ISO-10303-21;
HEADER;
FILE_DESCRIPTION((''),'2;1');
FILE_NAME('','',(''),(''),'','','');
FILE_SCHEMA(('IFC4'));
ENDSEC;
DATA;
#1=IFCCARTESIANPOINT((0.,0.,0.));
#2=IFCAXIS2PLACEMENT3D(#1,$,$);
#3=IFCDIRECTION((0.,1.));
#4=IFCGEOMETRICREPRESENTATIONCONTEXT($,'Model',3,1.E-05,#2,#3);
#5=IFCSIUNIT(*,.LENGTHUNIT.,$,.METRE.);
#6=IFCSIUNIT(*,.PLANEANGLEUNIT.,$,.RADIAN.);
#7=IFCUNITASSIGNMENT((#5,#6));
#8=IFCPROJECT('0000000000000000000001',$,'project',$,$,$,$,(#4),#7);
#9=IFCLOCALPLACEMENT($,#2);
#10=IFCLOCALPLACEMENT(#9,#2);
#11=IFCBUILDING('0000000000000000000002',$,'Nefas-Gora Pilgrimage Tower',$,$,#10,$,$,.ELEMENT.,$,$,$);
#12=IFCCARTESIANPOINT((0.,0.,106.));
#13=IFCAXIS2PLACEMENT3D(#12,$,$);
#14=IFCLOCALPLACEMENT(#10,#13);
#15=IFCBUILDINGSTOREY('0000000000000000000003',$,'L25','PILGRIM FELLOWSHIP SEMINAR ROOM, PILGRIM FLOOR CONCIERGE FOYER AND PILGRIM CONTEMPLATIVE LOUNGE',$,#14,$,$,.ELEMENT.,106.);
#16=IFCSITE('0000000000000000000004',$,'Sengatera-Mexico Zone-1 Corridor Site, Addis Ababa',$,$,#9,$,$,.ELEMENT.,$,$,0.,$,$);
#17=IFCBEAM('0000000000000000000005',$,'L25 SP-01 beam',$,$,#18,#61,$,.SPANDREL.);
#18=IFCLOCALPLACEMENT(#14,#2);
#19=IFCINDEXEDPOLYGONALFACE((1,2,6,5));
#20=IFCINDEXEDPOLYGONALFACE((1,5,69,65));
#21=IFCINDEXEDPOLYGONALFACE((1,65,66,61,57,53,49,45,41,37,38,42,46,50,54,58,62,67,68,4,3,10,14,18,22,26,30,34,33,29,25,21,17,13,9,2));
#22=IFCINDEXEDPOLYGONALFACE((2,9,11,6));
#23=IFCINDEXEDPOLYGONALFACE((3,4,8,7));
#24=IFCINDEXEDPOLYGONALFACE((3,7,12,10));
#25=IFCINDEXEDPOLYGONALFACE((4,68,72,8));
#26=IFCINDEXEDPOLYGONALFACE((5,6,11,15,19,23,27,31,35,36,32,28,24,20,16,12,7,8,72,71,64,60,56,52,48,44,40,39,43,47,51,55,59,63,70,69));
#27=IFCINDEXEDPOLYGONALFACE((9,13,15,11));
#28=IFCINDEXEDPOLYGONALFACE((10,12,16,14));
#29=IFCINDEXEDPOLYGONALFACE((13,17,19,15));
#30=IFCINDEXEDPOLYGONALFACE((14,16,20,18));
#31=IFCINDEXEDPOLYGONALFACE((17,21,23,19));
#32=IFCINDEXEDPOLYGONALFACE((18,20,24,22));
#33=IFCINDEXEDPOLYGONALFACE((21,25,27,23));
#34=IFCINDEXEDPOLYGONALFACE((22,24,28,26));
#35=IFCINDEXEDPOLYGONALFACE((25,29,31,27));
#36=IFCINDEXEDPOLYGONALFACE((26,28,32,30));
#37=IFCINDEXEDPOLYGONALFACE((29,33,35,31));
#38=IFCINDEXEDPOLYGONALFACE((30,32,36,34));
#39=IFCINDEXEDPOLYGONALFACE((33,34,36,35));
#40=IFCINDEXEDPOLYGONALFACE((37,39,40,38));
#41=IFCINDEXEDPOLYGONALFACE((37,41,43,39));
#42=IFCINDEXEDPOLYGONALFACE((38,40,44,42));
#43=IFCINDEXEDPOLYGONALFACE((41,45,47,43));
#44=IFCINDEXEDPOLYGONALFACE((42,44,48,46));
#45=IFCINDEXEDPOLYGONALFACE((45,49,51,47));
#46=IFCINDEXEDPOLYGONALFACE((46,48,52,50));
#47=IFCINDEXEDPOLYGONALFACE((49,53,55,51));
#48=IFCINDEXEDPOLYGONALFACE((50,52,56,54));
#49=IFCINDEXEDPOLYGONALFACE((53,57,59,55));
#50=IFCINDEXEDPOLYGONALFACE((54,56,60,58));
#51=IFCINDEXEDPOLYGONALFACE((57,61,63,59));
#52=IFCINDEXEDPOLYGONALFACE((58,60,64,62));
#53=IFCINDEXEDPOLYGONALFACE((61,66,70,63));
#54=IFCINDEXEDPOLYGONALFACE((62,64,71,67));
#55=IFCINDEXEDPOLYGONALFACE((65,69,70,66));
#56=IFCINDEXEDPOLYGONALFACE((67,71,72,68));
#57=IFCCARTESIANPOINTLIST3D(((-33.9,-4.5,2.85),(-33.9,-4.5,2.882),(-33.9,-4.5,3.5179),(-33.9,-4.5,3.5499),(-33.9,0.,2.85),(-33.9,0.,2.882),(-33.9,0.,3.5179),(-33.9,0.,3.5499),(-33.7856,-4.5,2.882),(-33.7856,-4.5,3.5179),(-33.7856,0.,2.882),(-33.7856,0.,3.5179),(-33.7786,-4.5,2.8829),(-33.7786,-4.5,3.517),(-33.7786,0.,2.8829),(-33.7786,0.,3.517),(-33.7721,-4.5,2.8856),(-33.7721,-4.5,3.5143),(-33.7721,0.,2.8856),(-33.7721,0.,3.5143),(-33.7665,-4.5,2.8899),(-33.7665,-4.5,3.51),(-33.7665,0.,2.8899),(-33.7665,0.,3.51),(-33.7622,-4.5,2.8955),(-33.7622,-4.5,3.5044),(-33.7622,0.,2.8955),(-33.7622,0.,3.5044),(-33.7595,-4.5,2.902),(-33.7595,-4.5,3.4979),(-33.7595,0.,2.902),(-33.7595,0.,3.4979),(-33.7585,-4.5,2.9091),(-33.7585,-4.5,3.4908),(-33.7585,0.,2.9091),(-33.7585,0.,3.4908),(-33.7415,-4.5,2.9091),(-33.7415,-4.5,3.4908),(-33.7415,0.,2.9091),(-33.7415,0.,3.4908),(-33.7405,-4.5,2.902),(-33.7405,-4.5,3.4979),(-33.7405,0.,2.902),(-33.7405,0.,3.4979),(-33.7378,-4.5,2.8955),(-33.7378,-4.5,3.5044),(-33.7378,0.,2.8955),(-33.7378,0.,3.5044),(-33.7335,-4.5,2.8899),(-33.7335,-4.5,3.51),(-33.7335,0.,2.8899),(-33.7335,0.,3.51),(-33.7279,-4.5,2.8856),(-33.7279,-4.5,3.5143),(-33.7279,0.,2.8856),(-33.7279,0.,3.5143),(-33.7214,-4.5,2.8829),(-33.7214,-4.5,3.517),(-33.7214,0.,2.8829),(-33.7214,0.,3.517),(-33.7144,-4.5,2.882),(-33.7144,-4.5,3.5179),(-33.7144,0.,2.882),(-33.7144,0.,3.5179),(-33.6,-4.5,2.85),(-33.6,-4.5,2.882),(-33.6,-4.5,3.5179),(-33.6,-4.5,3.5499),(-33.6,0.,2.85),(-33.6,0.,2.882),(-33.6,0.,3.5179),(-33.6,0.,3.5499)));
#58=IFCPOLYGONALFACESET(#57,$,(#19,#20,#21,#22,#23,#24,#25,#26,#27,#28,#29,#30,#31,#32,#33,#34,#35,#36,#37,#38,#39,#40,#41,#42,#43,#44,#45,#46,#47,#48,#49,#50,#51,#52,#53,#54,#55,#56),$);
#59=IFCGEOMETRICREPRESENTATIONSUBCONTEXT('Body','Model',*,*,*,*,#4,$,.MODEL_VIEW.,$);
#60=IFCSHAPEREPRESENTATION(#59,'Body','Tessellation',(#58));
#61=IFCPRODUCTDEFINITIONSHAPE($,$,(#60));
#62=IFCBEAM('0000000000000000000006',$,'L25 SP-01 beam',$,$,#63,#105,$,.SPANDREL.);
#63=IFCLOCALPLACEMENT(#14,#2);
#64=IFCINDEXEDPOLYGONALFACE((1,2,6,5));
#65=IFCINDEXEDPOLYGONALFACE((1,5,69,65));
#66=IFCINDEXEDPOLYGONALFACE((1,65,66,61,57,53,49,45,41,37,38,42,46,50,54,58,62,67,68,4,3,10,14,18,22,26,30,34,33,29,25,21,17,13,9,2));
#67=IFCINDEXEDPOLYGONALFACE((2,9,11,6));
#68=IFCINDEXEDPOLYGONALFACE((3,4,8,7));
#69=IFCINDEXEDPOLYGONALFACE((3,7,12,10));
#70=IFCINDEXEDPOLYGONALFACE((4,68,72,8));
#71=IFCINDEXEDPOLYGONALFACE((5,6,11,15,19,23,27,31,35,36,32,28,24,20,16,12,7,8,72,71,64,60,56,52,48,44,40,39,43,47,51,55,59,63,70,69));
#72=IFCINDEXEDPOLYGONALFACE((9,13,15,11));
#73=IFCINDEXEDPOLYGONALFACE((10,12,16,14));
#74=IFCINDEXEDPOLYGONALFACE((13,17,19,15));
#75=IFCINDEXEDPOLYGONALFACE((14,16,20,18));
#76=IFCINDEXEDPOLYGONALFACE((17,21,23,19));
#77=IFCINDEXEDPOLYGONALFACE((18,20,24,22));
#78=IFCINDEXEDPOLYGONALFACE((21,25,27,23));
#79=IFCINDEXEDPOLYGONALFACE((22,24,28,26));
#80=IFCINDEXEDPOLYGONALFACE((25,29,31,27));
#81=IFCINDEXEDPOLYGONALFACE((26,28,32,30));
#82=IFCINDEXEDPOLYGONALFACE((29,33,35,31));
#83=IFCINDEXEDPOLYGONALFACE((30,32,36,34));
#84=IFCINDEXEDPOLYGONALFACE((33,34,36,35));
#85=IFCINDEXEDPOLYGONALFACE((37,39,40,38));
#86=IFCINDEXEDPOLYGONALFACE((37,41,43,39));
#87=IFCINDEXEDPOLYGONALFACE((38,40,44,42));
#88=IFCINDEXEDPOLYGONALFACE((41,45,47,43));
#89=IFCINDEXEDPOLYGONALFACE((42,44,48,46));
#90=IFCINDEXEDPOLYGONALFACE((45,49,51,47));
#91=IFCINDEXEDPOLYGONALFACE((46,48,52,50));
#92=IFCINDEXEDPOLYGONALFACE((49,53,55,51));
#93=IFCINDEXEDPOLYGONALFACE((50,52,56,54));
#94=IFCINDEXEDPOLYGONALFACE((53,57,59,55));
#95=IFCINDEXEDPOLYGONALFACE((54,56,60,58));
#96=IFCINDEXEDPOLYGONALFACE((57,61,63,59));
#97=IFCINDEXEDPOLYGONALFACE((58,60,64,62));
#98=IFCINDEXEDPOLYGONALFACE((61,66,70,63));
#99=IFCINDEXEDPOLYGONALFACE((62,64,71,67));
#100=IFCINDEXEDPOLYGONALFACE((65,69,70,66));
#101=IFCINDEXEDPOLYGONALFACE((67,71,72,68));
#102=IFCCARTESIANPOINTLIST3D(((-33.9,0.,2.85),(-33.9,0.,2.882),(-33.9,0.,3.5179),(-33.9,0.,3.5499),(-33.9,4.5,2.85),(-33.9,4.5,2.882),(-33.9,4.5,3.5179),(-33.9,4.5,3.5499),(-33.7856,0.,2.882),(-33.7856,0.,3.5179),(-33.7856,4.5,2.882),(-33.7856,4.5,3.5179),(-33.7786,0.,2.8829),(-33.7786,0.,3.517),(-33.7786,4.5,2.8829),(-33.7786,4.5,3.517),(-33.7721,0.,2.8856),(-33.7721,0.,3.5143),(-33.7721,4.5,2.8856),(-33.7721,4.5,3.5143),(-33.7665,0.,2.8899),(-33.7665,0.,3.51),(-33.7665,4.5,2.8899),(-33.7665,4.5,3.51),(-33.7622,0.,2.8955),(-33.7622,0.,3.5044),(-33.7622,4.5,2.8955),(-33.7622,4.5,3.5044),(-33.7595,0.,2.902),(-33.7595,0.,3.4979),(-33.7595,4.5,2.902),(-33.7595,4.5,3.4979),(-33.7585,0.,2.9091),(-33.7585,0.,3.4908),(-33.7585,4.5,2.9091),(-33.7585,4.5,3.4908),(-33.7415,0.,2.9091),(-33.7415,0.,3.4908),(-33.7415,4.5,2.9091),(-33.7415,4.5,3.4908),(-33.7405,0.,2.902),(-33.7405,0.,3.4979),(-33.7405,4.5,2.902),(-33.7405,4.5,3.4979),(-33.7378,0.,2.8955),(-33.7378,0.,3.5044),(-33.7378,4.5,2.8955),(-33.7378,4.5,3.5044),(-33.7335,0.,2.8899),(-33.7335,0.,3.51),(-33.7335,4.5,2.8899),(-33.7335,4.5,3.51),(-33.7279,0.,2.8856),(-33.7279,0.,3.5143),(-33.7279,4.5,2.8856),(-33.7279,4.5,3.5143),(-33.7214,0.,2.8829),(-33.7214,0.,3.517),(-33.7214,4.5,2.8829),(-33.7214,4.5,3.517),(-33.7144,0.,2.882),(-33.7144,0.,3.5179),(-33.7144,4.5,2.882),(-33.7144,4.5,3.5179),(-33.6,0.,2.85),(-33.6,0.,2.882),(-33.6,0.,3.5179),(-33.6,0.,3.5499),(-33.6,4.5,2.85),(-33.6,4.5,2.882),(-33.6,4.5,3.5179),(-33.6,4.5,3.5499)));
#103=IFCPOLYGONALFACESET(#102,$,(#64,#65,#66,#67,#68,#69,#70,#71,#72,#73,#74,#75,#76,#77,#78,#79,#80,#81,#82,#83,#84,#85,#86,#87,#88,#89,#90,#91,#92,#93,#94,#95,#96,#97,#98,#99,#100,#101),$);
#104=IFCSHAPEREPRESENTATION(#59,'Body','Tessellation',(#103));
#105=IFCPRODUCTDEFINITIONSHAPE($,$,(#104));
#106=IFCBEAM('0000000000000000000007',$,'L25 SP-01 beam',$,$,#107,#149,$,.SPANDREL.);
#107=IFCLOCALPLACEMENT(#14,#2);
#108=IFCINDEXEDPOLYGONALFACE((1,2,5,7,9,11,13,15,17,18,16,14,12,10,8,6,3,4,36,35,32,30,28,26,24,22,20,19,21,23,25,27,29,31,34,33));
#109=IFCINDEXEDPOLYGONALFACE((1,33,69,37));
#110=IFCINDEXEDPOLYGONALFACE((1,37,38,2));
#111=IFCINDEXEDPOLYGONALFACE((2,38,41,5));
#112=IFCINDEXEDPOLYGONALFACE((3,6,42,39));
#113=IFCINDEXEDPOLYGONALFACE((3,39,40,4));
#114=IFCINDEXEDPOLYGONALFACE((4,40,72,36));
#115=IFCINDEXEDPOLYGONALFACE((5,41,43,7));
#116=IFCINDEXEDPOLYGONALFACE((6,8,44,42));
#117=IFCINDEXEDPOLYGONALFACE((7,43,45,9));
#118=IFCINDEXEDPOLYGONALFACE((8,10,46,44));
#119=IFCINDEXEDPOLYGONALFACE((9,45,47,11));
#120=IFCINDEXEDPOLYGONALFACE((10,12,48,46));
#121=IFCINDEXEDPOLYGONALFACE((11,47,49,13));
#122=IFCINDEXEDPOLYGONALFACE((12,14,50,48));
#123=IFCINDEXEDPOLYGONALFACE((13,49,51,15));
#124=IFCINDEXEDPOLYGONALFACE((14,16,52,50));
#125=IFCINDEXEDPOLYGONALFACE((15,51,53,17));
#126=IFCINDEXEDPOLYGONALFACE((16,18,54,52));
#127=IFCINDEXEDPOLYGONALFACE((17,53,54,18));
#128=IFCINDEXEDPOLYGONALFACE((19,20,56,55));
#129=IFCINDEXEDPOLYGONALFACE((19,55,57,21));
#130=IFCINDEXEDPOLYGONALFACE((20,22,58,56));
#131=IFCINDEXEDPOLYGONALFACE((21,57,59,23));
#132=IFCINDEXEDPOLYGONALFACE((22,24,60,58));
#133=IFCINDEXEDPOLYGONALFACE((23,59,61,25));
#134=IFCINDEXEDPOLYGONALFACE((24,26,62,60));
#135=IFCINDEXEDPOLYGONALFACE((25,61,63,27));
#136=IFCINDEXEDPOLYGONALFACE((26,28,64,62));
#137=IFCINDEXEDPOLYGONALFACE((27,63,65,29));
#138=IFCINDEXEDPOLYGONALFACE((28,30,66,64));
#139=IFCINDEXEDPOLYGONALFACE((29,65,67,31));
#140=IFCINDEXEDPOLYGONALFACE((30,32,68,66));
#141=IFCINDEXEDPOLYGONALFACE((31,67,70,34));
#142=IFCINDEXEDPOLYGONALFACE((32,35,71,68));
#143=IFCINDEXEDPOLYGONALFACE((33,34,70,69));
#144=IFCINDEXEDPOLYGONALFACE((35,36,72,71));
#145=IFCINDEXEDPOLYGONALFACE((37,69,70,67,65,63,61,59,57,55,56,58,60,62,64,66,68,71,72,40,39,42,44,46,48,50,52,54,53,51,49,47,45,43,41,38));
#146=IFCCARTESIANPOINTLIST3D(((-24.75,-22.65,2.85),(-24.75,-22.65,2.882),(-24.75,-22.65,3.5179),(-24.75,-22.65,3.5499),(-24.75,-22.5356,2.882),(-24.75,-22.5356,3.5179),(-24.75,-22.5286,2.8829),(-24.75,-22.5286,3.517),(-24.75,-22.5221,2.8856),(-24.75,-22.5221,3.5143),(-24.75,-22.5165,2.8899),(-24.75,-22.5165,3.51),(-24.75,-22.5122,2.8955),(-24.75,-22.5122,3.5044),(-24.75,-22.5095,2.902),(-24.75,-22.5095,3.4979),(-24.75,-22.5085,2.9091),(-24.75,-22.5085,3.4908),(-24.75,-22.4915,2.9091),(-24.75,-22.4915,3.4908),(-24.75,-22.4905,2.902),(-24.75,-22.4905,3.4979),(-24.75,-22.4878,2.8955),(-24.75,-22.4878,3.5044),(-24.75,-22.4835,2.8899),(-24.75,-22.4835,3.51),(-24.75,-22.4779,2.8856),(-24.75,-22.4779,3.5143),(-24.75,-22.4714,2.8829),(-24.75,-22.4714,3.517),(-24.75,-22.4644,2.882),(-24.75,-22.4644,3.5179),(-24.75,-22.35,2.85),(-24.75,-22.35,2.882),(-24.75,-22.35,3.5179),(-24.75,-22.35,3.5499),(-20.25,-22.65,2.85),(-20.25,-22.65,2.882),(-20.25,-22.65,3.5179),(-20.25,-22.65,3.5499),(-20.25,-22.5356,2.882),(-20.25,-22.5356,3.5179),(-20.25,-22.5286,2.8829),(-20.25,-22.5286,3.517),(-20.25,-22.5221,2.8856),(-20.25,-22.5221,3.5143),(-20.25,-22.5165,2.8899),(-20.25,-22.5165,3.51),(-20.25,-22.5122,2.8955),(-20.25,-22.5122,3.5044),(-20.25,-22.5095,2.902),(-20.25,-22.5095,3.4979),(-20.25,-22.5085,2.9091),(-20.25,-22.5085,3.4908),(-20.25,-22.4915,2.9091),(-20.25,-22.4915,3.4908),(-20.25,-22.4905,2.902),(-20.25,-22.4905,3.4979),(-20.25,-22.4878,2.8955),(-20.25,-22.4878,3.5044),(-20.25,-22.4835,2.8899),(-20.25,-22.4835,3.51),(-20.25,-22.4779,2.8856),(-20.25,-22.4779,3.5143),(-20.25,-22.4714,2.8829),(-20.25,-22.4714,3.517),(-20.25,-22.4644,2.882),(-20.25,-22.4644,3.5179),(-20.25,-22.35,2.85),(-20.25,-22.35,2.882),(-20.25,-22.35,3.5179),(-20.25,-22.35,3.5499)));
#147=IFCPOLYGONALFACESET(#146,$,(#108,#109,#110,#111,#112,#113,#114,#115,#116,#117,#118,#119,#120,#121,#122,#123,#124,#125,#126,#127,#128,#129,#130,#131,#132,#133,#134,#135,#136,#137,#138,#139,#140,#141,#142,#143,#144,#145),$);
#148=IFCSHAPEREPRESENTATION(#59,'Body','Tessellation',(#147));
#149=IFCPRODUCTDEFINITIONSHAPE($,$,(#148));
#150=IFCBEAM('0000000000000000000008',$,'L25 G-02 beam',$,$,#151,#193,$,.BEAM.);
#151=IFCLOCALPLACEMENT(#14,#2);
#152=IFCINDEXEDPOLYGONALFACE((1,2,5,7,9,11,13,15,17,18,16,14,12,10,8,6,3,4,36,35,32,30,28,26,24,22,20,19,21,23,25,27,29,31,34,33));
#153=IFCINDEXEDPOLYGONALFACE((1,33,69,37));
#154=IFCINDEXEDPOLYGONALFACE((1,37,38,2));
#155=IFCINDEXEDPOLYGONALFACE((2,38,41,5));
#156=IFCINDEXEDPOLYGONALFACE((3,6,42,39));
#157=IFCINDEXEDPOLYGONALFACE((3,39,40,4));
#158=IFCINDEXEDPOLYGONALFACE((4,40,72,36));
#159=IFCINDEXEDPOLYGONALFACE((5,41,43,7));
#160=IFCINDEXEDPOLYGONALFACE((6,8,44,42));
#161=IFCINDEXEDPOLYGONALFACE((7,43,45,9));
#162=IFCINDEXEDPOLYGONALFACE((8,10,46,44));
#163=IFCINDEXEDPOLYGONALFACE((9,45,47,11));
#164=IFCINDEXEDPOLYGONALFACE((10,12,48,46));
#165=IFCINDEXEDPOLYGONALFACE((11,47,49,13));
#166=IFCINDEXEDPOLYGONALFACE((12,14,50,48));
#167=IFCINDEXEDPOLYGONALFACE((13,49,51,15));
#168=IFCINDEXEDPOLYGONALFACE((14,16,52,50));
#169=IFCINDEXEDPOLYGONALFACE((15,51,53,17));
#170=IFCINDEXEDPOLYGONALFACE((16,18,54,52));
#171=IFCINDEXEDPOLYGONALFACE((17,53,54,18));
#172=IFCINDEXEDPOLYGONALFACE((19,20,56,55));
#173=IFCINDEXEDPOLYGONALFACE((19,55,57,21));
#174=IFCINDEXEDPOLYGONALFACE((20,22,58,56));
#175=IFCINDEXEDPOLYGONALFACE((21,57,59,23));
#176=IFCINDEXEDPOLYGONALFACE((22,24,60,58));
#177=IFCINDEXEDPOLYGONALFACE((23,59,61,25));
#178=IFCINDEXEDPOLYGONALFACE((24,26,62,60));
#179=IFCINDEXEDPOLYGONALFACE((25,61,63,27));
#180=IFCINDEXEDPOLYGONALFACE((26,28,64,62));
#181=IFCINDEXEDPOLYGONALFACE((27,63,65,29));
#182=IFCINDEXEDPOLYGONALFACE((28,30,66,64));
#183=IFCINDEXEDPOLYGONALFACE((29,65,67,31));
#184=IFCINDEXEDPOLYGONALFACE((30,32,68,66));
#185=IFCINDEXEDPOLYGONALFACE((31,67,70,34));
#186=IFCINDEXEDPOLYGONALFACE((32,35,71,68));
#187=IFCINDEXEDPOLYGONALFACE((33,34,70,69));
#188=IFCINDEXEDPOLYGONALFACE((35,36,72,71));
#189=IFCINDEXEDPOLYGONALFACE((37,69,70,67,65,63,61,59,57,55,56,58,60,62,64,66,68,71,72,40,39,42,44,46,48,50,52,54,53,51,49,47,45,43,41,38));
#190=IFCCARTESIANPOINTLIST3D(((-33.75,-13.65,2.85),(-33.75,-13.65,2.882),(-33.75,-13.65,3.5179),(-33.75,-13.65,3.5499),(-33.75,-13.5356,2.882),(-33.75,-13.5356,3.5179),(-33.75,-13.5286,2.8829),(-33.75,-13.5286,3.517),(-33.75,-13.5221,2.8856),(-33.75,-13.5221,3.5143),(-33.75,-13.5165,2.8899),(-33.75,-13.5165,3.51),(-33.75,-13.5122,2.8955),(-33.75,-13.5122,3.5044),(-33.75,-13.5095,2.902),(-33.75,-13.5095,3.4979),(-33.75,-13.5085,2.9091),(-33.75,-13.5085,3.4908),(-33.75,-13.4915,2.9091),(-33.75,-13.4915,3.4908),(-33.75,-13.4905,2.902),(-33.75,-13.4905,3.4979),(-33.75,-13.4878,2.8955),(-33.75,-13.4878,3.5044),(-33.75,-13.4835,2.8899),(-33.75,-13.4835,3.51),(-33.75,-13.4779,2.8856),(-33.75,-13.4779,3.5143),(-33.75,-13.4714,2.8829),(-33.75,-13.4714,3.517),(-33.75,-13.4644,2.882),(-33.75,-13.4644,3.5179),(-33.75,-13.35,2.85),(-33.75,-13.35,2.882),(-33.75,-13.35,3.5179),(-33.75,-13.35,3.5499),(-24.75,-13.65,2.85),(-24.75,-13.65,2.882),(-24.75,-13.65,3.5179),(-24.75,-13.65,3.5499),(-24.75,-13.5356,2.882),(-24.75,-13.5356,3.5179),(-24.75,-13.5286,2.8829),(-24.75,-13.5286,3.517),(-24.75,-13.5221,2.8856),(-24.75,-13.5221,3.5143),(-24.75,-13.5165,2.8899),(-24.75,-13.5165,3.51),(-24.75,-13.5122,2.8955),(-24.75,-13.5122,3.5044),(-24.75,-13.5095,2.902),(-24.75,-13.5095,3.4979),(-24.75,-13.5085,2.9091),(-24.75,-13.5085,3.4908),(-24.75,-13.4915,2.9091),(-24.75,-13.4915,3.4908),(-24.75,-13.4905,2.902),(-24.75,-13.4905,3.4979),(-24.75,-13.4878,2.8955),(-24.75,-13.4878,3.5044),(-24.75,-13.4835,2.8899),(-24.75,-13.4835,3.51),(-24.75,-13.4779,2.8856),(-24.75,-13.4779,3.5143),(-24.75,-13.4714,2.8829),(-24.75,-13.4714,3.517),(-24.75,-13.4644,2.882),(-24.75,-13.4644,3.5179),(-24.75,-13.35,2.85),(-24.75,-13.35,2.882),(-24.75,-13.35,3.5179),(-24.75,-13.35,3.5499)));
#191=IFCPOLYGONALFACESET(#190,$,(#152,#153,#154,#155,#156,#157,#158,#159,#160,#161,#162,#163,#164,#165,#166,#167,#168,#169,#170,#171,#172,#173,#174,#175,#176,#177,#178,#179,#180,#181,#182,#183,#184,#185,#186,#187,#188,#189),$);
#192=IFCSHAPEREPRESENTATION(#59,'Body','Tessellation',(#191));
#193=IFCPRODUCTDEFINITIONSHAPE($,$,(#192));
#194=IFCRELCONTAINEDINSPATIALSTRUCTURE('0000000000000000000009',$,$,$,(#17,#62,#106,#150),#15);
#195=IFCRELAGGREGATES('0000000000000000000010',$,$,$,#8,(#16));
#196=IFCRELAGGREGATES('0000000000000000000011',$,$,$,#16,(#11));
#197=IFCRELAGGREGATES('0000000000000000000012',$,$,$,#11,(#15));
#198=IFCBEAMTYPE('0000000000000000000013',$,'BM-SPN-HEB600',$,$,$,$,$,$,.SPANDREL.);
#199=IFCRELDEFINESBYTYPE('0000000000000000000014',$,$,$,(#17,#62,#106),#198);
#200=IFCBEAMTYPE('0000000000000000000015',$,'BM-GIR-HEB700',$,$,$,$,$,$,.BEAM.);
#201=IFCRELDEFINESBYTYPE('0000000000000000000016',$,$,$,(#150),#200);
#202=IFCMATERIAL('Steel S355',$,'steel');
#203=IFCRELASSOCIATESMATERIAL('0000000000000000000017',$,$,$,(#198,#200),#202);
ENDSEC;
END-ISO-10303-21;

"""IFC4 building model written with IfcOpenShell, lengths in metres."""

from ifc_helpers import new_model, si_unit, direction, frame, origin, origin_2d, place, context, subcontext, project, spatial, i_section, extrude, source, transform, mapped, material, material_profile, profile_set, type_object, element, save


model = new_model("IFC4")

# Units and contexts
model_context = context("Model", 3, precision=1e-05, world=origin(), true_north=direction((0.0, 1.0)))
body_context = subcontext(model_context, "Body", "Model", "MODEL_VIEW")
ifc_project = project(units=[si_unit("LENGTHUNIT", "METRE"), si_unit("PLANEANGLEUNIT", "RADIAN")], contexts=[model_context])

# Site, building, storey
site_placement = place(None, origin())
site = spatial("IfcSite", under=ifc_project, at=site_placement, Name="Sengatera-Mexico Zone-1 Corridor Site, Addis Ababa", CompositionType="ELEMENT", RefElevation=0.0)
building_placement = place(site_placement, origin())
building = spatial("IfcBuilding", under=site, at=building_placement, Name="Nefas-Gora Pilgrimage Tower", CompositionType="ELEMENT")
storey_placement = place(building_placement, frame((0.0, 0.0, 106.0)))
storey = spatial("IfcBuildingStorey", under=building, at=storey_placement, Name="L25", Description="PILGRIM FELLOWSHIP SEMINAR ROOM, PILGRIM FLOOR CONCIERGE FOYER AND PILGRIM CONTEMPLATIVE LOUNGE", CompositionType="ELEMENT", Elevation=106.0)

# Beams
ifc_material_1 = material(Name="Steel S355", Category="steel")
ifc_material_profile_1 = material_profile(ifc_material_1, i_section(OverallWidth=0.3, OverallDepth=0.7, WebThickness=0.0171, FlangeThickness=0.032, FilletRadius=0.0271, at=origin_2d()), Name="HEB 700")
ifc_profile_set_1 = profile_set([ifc_material_profile_1], Name="Steel S355")
beam_type_1 = type_object("IfcBeamType", Name="BM-SPN-HEB600", PredefinedType="SPANDREL", material=ifc_profile_set_1)
shared_shape_1 = source(origin(), body_context, "Body", "SweptSolid", [
    extrude(i_section(OverallWidth=0.3, OverallDepth=0.7, WebThickness=0.0171, FlangeThickness=0.032, FilletRadius=0.0271, at=origin_2d()), origin(), (0.0, 0.0, 1.0), 4.5),
])
for number, where, z_axis, x_axis, name in (
    (1, (-33.75, -4.5, 3.2), (0.0, 1.0, 0.0), (-1.0, 0.0, 0.0), "L25 SP-01 beam"),
    (2, (-33.75, 0.0, 3.2), (0.0, 1.0, 0.0), (-1.0, 0.0, 0.0), "L25 SP-01 beam"),
    (3, (-24.75, -22.5, 3.2), (1.0, 0.0, 0.0), (0.0, 1.0, 0.0), "L25 SP-01 beam"),
):
    element("IfcBeam", number, at=place(storey_placement, frame(where, z_axis=z_axis, x_axis=x_axis)), inside=storey, type_object=beam_type_1, Name=name, PredefinedType="SPANDREL", context=body_context, shape_type="MappedRepresentation", body=[
        mapped(shared_shape_1, transform((0.0, 0.0, 0.0), x_axis=(1.0, 0.0, 0.0), y_axis=(0.0, 1.0, 0.0), z_axis=(0.0, 0.0, 1.0), scale=1.0)),
    ])
ifc_material_profile_2 = material_profile(ifc_material_1, i_section(OverallWidth=0.3, OverallDepth=0.7, WebThickness=0.0171, FlangeThickness=0.032, FilletRadius=0.0271, at=origin_2d()), Name="HEB 700")
ifc_profile_set_2 = profile_set([ifc_material_profile_2], Name="Steel S355")
beam_type_2 = type_object("IfcBeamType", Name="BM-GIR-HEB700", PredefinedType="BEAM", material=ifc_profile_set_2)
shared_shape_2 = source(origin(), body_context, "Body", "SweptSolid", [
    extrude(i_section(OverallWidth=0.3, OverallDepth=0.7, WebThickness=0.0171, FlangeThickness=0.032, FilletRadius=0.0271, at=origin_2d()), origin(), (0.0, 0.0, 1.0), 9.0),
])
for number, where, z_axis, x_axis, name in (
    (4, (-33.75, -13.5, 3.2), (1.0, 0.0, 0.0), (0.0, 1.0, 0.0), "L25 G-02 beam"),
):
    element("IfcBeam", number, at=place(storey_placement, frame(where, z_axis=z_axis, x_axis=x_axis)), inside=storey, type_object=beam_type_2, Name=name, PredefinedType="BEAM", context=body_context, shape_type="MappedRepresentation", body=[
        mapped(shared_shape_2, transform((0.0, 0.0, 0.0), x_axis=(1.0, 0.0, 0.0), y_axis=(0.0, 1.0, 0.0), z_axis=(0.0, 0.0, 1.0), scale=1.0)),
    ])

save(model, "model.ifc")
